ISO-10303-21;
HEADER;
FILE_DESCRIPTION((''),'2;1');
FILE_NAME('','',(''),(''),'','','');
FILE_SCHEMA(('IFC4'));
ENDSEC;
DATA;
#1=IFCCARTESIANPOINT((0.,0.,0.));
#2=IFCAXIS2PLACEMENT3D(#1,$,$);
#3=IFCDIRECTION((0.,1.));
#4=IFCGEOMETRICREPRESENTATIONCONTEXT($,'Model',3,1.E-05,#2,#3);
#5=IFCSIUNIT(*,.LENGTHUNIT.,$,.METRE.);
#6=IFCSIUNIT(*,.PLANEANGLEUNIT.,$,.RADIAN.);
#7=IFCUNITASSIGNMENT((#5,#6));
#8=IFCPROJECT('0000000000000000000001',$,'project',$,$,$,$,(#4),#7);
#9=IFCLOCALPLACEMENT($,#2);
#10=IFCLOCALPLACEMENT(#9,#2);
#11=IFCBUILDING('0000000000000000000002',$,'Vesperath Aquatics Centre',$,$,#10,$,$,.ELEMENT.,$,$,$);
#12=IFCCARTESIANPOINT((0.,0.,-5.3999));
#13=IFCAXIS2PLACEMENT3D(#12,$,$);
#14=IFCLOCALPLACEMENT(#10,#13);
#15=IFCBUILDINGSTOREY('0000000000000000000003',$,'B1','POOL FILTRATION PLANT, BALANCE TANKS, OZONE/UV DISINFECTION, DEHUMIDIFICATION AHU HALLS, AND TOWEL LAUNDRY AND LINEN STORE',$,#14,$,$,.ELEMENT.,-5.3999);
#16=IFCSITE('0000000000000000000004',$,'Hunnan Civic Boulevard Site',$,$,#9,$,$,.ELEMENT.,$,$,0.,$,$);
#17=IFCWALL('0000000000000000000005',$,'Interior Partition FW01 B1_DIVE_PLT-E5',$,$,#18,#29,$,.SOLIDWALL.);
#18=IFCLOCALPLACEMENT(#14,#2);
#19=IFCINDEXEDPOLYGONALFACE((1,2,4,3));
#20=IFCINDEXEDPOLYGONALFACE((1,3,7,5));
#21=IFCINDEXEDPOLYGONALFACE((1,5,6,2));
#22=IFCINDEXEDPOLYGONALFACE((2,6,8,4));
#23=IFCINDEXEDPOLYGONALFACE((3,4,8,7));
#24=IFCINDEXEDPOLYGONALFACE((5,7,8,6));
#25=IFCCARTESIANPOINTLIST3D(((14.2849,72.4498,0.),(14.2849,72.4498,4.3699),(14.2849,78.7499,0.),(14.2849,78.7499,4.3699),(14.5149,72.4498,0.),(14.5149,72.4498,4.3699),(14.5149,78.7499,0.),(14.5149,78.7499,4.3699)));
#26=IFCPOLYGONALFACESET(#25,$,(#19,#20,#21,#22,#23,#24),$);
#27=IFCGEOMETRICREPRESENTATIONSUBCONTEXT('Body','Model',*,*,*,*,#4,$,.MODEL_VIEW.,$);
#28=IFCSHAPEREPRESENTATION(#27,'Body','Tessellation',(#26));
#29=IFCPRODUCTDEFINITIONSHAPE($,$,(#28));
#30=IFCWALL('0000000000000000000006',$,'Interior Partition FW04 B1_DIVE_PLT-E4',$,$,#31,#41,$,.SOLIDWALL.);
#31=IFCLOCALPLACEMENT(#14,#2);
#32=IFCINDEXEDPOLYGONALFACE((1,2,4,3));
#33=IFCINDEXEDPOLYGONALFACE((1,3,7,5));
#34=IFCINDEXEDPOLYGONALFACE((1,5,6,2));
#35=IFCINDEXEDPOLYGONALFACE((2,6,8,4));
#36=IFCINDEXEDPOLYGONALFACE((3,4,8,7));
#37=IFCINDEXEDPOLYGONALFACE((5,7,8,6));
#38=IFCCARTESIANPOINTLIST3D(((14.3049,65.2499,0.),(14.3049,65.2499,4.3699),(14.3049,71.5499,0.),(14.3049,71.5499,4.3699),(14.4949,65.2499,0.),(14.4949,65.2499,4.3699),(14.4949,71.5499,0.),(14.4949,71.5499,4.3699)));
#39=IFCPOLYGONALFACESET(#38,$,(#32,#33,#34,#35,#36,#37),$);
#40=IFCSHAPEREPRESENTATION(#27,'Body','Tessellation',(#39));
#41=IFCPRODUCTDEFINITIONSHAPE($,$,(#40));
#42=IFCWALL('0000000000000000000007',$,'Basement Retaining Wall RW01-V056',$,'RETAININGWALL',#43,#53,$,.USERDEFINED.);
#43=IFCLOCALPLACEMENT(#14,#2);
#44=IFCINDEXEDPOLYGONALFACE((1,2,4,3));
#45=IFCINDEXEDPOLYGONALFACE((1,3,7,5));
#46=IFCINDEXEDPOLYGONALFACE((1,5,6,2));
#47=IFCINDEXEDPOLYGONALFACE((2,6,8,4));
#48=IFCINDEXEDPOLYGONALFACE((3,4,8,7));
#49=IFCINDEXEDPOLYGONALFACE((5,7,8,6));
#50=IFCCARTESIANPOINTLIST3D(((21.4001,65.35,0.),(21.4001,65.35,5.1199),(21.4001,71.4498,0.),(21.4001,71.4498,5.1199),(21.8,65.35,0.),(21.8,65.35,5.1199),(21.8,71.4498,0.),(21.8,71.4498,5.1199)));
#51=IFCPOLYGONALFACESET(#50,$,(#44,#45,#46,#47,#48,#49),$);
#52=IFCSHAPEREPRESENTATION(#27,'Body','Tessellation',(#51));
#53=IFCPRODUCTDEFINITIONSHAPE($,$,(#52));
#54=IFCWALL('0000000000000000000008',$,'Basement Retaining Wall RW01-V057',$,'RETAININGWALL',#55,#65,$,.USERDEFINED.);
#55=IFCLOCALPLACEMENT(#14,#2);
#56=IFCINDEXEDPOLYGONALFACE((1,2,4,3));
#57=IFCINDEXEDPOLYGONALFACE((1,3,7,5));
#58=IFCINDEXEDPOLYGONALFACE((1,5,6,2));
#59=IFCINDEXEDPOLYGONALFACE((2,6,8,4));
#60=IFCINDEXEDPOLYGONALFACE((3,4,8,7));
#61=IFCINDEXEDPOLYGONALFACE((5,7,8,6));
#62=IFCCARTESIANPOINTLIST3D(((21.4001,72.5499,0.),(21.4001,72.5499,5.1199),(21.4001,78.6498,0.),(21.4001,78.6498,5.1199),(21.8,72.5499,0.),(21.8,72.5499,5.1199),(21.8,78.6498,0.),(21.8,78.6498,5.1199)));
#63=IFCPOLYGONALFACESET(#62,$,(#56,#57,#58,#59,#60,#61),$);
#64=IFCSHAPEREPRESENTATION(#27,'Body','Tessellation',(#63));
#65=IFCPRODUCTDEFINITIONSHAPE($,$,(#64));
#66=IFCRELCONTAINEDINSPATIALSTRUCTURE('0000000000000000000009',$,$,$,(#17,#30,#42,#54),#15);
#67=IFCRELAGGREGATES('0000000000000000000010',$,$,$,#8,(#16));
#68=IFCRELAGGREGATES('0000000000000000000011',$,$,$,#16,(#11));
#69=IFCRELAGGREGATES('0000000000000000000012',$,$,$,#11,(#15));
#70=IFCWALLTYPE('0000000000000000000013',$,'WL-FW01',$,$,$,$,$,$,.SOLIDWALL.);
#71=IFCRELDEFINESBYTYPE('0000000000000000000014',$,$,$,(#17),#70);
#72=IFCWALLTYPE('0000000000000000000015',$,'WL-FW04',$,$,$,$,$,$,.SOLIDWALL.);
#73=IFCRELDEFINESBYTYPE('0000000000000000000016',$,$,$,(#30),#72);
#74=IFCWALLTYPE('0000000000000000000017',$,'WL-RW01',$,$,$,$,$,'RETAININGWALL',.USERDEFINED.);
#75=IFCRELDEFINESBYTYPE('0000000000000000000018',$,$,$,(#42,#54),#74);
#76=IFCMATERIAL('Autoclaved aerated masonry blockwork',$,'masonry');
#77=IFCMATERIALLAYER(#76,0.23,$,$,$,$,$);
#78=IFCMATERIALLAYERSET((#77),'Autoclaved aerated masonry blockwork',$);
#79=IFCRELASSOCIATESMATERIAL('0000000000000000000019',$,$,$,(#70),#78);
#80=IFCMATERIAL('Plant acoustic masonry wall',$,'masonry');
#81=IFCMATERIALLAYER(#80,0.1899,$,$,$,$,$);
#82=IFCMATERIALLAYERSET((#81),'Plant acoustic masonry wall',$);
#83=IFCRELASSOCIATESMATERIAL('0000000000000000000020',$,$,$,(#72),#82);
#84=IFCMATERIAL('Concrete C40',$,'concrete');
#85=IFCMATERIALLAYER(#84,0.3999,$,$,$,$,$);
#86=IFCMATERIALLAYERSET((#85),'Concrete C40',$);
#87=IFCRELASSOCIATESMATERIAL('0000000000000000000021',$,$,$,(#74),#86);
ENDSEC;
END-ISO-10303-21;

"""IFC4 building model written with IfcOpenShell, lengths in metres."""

from ifc_helpers import new_model, si_unit, direction, frame, frame_2d, origin, place, context, subcontext, project, spatial, rectangle, extrude, material, layer, layer_set, type_object, element, save


model = new_model("IFC4")

# Units and contexts
model_context = context("Model", 3, precision=1e-05, world=origin(), true_north=direction((0.0, 1.0)))
body_context = subcontext(model_context, "Body", "Model", "MODEL_VIEW")
ifc_project = project(units=[si_unit("LENGTHUNIT", "METRE"), si_unit("PLANEANGLEUNIT", "RADIAN")], contexts=[model_context])

# Site, building, storey
site_placement = place(None, origin())
site = spatial("IfcSite", under=ifc_project, at=site_placement, Name="Hunnan Civic Boulevard Site", CompositionType="ELEMENT", RefElevation=0.0)
building_placement = place(site_placement, origin())
building = spatial("IfcBuilding", under=site, at=building_placement, Name="Vesperath Aquatics Centre", CompositionType="ELEMENT")
storey_placement = place(building_placement, frame((0.0, 0.0, -5.3999)))
storey = spatial("IfcBuildingStorey", under=building, at=storey_placement, Name="B1", Description="POOL FILTRATION PLANT, BALANCE TANKS, OZONE/UV DISINFECTION, DEHUMIDIFICATION AHU HALLS, AND TOWEL LAUNDRY AND LINEN STORE", CompositionType="ELEMENT", Elevation=-5.3999)

# Shared definitions
ifc_material_1 = material(Name="Concrete C40", Category="concrete")

# Walls
ifc_material_2 = material(Name="Autoclaved aerated masonry blockwork", Category="masonry")
ifc_layer_1 = layer(ifc_material_2, 0.23)
ifc_layer_set_1 = layer_set([ifc_layer_1], Name="Autoclaved aerated masonry blockwork")
wall_type_1 = type_object("IfcWallType", Name="WL-FW01", PredefinedType="SOLIDWALL", material=ifc_layer_set_1)
wall_1_placement = place(storey_placement, frame((14.3999, 72.45, 0.0), z_axis=(0.0, 0.0, 1.0), x_axis=(0.0, 1.0, 0.0)))
element("IfcWall", 1, at=wall_1_placement, inside=storey, type_object=wall_type_1, Name="Interior Partition FW01 B1_DIVE_PLT-E5", PredefinedType="SOLIDWALL", context=body_context, shape_type="SweptSolid", body=[
    extrude(rectangle(XDim=6.3, YDim=0.23, at=frame_2d((3.1499, 0.0))), origin(), (0.0, 0.0, 1.0), 4.3699),
])
ifc_material_3 = material(Name="Plant acoustic masonry wall", Category="masonry")
ifc_layer_2 = layer(ifc_material_3, 0.1899)
ifc_layer_set_2 = layer_set([ifc_layer_2], Name="Plant acoustic masonry wall")
wall_type_2 = type_object("IfcWallType", Name="WL-FW04", PredefinedType="SOLIDWALL", material=ifc_layer_set_2)
wall_2_placement = place(storey_placement, frame((14.3999, 65.25, 0.0), z_axis=(0.0, 0.0, 1.0), x_axis=(0.0, 1.0, 0.0)))
element("IfcWall", 2, at=wall_2_placement, inside=storey, type_object=wall_type_2, Name="Interior Partition FW04 B1_DIVE_PLT-E4", PredefinedType="SOLIDWALL", context=body_context, shape_type="SweptSolid", body=[
    extrude(rectangle(XDim=6.3, YDim=0.1899, at=frame_2d((3.1499, 0.0))), origin(), (0.0, 0.0, 1.0), 4.3699),
])
ifc_layer_3 = layer(ifc_material_1, 0.3999)
ifc_layer_set_3 = layer_set([ifc_layer_3], Name="Concrete C40")
wall_type_3 = type_object("IfcWallType", Name="WL-RW01", ElementType="RETAININGWALL", PredefinedType="USERDEFINED", material=ifc_layer_set_3)
for number, where, z_axis, x_axis, name in (
    (3, (21.6001, 65.3501, 0.0), (0.0, 0.0, 1.0), (0.0, 1.0, 0.0), "Basement Retaining Wall RW01-V056"),
    (4, (21.6001, 72.55, 0.0), (0.0, 0.0, 1.0), (0.0, 1.0, 0.0), "Basement Retaining Wall RW01-V057"),
):
    element("IfcWall", number, at=place(storey_placement, frame(where, z_axis=z_axis, x_axis=x_axis)), inside=storey, type_object=wall_type_3, Name=name, ObjectType="RETAININGWALL", PredefinedType="USERDEFINED", context=body_context, shape_type="SweptSolid", body=[
        extrude(rectangle(XDim=6.0999, YDim=0.3999, at=frame_2d((3.0498, 0.0))), origin(), (0.0, 0.0, 1.0), 5.1199),
    ])

save(model, "model.ifc")
